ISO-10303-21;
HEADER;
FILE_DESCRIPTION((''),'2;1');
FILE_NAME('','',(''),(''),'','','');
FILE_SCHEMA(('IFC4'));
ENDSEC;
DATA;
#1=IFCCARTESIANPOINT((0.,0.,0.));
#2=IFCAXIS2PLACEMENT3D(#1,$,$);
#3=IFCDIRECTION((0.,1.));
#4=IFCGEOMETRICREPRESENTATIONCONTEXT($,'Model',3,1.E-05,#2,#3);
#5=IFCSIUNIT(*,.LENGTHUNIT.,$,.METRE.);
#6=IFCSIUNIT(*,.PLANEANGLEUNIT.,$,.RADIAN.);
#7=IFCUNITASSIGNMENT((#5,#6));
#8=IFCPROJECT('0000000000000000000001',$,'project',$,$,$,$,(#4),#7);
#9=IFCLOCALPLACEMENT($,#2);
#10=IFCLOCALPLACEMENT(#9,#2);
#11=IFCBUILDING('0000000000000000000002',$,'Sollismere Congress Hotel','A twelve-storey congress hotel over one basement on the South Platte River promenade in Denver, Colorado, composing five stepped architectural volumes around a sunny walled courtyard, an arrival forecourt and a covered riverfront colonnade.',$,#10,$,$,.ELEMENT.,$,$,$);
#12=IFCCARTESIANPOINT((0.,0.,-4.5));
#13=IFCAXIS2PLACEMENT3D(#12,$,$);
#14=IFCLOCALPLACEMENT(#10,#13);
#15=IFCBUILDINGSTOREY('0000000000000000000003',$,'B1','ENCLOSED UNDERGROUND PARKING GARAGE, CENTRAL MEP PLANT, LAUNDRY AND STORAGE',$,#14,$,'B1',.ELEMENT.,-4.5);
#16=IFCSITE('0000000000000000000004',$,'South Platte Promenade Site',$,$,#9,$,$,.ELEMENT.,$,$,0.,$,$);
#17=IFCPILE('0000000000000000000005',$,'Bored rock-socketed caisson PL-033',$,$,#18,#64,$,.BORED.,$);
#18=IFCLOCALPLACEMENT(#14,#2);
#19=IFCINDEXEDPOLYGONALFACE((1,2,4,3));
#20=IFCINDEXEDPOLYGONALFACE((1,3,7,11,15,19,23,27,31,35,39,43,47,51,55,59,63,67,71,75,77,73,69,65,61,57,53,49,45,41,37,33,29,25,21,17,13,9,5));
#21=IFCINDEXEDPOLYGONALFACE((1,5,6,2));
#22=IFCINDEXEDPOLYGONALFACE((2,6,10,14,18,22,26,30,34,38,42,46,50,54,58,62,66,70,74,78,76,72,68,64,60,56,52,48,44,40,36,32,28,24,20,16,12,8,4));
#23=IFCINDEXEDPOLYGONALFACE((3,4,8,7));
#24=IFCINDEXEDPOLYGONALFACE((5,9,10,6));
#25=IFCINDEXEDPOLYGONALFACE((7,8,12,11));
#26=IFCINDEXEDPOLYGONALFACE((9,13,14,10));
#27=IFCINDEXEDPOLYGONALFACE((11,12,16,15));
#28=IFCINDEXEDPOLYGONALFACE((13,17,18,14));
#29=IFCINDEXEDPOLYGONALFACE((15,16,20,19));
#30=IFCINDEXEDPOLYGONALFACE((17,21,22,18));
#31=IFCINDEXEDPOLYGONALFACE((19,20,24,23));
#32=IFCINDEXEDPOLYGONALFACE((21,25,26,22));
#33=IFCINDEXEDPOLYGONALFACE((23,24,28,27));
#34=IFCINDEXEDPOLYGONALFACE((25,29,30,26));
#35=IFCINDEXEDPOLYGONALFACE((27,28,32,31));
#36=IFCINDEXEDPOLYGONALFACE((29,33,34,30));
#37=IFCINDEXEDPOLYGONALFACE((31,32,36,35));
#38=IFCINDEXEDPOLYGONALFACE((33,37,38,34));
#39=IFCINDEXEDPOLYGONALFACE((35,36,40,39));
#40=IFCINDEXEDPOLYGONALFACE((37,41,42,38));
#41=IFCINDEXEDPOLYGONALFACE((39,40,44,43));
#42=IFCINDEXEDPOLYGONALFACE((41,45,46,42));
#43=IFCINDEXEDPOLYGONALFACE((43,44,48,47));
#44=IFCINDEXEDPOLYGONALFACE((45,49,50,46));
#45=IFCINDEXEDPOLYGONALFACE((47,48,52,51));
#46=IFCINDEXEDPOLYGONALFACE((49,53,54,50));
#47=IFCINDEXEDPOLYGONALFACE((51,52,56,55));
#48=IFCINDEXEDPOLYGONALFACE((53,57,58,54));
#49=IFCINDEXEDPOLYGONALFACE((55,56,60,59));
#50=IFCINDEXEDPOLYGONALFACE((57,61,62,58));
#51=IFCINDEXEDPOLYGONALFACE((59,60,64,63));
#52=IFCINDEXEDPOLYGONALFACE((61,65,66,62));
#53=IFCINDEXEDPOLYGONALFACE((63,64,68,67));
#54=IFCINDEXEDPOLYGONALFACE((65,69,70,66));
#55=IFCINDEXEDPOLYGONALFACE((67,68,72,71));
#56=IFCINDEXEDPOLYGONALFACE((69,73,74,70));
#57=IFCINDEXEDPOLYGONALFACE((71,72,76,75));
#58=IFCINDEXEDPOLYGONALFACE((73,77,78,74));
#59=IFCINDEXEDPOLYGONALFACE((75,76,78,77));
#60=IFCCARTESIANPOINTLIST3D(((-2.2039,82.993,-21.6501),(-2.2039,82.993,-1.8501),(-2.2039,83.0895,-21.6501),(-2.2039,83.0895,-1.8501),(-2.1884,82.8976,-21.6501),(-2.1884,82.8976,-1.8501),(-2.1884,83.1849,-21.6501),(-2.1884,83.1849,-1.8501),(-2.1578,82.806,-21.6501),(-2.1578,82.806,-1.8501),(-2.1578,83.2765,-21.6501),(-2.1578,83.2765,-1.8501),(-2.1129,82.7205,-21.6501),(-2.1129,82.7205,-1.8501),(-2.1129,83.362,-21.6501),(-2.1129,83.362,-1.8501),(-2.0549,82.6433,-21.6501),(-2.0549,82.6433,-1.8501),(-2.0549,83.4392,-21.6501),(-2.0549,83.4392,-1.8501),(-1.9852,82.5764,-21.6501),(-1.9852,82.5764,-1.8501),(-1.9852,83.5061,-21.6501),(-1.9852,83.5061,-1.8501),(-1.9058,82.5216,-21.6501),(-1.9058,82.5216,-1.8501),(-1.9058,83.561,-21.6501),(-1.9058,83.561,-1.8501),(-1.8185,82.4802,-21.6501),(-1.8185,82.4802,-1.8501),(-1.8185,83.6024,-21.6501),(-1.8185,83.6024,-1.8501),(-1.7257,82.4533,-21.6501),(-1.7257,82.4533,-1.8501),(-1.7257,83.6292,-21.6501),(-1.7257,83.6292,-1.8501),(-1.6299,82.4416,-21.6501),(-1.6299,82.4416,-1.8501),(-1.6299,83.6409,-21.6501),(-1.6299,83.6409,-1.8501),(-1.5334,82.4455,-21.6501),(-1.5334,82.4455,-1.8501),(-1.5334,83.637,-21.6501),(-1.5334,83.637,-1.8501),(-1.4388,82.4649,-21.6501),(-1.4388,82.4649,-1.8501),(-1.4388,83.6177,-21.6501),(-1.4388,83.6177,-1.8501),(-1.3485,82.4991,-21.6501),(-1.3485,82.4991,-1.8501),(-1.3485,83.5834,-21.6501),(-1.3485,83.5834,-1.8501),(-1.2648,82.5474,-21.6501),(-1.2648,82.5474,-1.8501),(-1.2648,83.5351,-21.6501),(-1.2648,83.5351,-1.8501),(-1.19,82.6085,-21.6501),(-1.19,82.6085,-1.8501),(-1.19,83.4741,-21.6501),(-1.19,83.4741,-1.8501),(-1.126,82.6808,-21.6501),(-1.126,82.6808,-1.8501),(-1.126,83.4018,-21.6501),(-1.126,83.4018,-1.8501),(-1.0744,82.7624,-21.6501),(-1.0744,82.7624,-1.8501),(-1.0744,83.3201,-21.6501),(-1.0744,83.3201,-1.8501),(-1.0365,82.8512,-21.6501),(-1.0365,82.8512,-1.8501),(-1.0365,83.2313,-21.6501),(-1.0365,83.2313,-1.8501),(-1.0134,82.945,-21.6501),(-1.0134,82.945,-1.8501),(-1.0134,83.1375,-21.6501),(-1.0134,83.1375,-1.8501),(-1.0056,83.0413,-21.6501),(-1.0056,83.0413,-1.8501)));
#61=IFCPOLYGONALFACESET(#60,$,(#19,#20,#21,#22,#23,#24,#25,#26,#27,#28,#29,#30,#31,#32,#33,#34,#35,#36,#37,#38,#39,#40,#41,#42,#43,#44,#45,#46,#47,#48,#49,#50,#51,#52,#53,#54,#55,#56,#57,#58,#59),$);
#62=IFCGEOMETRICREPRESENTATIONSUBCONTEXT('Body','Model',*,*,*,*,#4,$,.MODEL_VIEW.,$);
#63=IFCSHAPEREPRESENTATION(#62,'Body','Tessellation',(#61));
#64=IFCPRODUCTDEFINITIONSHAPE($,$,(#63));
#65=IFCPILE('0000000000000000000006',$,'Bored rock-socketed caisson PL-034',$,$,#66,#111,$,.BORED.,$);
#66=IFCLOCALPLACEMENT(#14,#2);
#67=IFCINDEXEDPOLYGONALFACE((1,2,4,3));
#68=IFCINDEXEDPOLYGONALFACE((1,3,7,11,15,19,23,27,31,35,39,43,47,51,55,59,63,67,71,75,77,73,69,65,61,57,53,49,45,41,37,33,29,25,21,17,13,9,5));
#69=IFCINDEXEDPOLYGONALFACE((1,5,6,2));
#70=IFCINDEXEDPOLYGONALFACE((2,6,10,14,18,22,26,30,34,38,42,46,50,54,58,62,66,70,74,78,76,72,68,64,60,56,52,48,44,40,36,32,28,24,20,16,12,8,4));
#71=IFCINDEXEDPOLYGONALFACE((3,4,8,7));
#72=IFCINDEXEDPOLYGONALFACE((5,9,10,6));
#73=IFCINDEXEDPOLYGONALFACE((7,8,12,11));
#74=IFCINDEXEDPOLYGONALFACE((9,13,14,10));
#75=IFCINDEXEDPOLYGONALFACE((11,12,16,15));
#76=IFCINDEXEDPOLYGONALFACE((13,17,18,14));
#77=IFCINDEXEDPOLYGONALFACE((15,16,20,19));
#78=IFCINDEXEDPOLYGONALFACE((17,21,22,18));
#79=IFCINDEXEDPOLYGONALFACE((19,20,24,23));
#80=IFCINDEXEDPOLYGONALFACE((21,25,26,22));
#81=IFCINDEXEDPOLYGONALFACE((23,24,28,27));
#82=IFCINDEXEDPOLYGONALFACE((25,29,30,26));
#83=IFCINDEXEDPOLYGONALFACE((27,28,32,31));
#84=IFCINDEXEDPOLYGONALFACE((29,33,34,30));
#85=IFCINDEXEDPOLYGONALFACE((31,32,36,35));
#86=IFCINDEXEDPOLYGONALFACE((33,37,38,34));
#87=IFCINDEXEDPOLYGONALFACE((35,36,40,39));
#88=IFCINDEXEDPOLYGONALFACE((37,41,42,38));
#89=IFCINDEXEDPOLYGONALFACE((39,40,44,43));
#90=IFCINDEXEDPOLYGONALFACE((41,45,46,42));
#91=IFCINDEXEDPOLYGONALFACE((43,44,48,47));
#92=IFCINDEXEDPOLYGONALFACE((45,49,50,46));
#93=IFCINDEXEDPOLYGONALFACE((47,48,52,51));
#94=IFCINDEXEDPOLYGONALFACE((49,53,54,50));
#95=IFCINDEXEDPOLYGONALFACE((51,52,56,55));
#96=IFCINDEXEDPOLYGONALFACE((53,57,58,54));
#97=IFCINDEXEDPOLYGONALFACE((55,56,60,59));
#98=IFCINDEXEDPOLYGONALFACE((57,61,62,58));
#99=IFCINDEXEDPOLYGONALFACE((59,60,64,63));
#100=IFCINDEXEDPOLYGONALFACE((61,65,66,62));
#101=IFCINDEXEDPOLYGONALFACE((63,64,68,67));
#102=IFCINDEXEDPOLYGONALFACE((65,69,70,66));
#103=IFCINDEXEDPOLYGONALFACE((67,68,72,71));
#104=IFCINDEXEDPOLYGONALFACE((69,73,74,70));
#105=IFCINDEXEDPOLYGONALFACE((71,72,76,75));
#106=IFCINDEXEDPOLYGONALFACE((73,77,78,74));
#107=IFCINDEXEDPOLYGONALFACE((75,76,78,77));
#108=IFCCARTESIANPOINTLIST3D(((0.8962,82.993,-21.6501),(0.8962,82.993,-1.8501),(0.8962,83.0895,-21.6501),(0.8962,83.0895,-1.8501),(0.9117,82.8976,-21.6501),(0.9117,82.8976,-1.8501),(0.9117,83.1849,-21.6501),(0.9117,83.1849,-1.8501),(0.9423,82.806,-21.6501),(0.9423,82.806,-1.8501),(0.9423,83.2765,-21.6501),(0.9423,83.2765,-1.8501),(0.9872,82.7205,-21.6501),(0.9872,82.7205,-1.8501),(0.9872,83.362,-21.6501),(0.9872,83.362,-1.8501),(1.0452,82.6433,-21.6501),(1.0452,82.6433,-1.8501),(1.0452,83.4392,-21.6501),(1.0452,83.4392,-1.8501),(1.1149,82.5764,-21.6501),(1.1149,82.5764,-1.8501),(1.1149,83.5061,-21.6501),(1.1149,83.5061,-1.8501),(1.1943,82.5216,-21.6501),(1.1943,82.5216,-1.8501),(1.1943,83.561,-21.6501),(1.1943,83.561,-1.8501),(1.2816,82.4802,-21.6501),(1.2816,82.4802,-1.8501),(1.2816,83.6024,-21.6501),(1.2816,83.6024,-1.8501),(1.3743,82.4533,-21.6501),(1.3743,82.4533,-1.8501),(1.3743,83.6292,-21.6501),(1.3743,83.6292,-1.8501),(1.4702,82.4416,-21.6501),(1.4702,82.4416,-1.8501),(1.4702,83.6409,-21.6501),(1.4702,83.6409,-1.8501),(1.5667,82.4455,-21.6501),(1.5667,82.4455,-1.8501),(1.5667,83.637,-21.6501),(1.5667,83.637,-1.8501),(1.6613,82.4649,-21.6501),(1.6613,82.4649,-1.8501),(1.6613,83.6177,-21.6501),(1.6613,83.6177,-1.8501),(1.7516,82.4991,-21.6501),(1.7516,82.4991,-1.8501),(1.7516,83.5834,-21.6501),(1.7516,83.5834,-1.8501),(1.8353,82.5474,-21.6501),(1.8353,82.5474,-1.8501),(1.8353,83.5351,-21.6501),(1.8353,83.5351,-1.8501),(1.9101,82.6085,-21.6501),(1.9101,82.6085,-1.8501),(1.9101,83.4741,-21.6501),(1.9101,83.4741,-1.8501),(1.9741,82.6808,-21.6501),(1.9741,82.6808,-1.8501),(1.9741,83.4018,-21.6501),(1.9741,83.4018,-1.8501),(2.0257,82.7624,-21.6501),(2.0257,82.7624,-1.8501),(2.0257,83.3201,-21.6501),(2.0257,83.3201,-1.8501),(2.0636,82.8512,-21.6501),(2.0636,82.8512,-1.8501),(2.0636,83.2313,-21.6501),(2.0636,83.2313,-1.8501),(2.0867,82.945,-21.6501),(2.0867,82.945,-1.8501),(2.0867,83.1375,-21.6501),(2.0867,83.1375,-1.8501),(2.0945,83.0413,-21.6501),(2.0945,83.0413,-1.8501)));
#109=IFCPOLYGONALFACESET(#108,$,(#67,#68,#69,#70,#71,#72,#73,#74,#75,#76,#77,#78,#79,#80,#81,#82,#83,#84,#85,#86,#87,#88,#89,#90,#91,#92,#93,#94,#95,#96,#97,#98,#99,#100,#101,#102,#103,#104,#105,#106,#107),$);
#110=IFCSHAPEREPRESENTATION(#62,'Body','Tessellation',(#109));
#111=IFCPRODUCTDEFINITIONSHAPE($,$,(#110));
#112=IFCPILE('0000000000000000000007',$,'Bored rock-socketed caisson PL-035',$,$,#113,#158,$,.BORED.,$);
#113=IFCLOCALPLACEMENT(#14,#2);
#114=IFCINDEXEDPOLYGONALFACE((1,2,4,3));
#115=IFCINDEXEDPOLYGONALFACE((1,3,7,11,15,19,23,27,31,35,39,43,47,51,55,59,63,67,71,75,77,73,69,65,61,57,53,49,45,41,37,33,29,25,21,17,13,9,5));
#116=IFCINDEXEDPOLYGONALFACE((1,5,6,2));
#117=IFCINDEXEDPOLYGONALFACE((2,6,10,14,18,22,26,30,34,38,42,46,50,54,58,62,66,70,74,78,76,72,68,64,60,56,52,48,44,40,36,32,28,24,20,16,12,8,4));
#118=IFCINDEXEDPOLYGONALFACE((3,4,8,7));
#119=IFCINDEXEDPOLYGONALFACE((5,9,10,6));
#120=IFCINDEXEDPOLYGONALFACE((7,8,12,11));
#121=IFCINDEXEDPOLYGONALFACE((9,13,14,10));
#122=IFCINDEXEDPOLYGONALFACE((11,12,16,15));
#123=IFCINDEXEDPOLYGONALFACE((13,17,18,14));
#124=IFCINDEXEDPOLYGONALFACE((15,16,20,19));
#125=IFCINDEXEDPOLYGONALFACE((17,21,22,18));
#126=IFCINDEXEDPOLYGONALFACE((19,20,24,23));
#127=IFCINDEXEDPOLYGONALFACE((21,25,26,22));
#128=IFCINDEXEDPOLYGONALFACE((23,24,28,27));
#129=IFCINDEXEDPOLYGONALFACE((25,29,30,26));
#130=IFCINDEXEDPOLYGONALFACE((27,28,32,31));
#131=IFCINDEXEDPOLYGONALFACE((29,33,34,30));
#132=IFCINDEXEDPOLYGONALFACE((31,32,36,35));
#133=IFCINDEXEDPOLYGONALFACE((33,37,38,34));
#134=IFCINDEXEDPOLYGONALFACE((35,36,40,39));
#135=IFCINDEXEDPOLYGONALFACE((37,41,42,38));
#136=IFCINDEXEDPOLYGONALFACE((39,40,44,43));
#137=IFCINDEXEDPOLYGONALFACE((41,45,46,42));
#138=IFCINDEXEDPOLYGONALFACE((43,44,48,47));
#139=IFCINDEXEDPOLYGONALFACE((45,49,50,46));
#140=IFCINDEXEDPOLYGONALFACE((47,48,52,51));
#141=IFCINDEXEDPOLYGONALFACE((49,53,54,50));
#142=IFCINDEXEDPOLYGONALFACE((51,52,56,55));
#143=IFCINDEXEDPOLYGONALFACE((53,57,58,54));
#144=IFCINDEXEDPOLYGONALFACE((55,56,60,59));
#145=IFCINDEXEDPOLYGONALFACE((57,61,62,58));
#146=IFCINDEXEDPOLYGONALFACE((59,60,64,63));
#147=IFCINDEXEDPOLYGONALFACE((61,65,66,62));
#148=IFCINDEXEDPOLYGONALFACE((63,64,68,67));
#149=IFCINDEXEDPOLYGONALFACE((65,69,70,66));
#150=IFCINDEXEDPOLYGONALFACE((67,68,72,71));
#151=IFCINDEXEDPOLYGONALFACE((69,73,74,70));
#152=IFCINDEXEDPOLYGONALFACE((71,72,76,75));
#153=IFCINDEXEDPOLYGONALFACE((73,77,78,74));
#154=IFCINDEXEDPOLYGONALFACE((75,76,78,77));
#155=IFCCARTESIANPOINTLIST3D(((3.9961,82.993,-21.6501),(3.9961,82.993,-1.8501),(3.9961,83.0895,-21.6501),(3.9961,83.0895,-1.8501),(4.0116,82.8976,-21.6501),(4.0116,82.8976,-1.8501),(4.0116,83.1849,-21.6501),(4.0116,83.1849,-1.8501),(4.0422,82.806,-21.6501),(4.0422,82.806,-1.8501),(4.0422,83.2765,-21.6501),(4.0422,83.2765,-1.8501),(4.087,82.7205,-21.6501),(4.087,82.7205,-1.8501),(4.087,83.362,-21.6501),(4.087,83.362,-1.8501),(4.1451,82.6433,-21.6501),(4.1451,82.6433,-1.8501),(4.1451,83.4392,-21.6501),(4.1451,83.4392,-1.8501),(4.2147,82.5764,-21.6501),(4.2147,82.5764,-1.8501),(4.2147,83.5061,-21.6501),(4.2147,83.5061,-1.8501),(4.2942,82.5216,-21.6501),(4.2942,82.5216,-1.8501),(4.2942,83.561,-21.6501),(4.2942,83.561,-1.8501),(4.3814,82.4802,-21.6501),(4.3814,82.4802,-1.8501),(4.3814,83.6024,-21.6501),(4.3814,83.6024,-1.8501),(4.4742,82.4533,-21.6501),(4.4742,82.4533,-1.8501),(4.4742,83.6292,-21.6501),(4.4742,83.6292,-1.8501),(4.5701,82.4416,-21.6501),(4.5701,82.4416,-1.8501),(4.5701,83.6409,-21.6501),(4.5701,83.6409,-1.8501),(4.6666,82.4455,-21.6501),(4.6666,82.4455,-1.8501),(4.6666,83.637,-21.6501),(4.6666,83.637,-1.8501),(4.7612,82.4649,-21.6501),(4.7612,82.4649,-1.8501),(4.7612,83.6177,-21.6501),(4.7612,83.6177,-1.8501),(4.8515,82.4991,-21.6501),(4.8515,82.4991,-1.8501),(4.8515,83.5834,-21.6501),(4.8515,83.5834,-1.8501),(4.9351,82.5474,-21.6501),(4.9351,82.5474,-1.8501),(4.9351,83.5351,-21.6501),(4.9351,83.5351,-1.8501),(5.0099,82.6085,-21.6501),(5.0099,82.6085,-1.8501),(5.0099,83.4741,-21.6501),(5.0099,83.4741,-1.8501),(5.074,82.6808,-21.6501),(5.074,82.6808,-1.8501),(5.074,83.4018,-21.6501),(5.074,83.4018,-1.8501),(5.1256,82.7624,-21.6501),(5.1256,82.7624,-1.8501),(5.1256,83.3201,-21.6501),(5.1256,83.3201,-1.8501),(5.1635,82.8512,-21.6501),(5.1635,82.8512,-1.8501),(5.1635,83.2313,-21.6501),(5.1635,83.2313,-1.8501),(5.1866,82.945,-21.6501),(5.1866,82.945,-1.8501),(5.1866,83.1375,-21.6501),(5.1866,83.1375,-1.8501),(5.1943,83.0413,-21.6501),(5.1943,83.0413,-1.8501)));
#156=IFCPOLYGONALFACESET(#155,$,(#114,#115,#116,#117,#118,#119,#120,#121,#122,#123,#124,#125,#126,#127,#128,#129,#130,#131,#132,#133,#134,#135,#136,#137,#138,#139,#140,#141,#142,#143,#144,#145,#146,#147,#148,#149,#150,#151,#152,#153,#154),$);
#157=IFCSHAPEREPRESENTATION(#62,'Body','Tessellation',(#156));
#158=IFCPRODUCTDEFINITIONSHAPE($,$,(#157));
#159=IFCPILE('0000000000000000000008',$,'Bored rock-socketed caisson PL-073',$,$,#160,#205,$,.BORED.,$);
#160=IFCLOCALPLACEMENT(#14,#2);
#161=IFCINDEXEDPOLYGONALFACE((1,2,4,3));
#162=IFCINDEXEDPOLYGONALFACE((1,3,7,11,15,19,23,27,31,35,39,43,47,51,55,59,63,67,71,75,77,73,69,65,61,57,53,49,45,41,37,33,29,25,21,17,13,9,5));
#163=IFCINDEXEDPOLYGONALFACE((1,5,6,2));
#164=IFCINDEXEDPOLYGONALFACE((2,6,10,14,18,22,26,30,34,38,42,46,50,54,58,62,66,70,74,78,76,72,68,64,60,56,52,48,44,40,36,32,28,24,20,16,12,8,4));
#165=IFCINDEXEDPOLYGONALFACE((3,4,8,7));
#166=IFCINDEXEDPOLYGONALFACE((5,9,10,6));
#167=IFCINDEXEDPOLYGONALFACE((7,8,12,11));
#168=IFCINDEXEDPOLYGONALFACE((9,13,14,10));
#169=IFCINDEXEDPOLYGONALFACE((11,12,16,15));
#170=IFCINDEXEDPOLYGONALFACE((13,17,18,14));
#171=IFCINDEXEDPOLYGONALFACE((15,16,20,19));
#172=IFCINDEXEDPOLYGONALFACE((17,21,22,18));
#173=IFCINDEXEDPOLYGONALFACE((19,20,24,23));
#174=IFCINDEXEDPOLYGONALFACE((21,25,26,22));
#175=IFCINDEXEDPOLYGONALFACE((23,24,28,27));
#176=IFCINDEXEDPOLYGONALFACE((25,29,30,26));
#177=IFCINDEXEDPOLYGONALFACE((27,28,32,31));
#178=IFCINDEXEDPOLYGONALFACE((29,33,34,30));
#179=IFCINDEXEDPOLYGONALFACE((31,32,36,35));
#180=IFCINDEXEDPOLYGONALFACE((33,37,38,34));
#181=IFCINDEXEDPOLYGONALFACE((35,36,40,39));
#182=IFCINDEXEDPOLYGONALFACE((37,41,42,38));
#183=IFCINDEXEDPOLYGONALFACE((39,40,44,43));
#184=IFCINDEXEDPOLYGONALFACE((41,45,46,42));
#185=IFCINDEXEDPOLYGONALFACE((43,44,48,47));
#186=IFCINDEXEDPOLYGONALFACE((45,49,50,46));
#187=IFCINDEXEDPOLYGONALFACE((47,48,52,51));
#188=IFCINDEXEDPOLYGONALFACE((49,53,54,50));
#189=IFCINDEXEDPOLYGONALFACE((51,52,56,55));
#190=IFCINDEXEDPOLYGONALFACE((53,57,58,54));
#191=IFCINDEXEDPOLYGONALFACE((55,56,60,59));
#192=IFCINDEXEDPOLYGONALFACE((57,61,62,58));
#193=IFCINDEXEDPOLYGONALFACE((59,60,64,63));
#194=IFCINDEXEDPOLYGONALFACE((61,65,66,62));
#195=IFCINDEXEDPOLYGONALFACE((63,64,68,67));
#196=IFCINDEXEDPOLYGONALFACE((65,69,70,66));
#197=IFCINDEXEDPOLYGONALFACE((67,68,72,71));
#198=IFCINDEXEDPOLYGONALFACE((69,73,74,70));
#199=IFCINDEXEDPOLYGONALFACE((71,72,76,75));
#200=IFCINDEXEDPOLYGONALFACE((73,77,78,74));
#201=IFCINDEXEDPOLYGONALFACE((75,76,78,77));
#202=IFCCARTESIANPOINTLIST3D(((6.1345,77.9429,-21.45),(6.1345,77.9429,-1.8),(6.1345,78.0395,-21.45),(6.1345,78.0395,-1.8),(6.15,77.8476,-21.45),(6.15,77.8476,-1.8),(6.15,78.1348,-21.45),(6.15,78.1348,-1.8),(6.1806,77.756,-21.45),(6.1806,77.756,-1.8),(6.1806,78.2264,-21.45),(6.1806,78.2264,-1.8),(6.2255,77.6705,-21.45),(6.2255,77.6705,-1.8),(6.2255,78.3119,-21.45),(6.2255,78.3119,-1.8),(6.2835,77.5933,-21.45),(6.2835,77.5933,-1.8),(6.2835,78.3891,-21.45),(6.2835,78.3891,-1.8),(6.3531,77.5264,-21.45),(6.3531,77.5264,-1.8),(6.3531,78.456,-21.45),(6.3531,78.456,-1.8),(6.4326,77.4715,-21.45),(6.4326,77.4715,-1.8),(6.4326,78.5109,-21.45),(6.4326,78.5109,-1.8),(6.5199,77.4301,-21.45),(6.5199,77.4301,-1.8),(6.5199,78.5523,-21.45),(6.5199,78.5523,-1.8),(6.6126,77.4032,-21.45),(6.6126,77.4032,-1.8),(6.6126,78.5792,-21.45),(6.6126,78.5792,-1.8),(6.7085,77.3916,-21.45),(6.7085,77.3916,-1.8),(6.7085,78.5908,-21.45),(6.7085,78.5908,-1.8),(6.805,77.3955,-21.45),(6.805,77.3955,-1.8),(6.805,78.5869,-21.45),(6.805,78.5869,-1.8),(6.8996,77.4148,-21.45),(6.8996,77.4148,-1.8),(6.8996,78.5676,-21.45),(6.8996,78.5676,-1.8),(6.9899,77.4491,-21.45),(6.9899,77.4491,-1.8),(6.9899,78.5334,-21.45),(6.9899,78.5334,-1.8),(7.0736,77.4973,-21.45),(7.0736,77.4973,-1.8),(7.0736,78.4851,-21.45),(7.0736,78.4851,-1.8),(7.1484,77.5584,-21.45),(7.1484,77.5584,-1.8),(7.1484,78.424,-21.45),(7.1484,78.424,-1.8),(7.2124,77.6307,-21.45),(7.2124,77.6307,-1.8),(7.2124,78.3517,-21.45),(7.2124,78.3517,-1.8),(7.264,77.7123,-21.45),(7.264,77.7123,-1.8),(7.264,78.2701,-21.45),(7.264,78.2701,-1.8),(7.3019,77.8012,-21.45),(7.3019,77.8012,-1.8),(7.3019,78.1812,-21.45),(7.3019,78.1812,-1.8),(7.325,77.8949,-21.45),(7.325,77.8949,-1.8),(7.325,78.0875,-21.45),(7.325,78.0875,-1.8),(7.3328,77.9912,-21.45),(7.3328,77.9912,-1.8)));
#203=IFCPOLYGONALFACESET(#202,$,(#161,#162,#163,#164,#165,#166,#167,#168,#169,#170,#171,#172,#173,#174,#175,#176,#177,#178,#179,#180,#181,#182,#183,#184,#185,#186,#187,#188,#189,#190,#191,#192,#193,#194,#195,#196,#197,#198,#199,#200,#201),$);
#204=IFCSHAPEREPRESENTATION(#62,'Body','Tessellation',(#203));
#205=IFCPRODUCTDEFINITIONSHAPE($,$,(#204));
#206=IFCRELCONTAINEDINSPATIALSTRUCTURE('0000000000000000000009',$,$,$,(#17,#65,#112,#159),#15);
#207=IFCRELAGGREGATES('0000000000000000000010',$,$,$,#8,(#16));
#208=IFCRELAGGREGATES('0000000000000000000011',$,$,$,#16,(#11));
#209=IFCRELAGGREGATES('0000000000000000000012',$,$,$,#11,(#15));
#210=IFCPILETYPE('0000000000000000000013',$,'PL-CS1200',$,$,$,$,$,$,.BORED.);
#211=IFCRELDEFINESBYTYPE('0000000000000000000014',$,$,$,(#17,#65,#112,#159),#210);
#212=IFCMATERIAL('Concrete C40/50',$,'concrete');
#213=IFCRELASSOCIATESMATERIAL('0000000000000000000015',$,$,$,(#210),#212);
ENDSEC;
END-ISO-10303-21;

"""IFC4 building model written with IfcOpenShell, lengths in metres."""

from ifc_helpers import new_model, si_unit, direction, frame, origin, origin_2d, place, context, subcontext, project, spatial, circle, extrude, material, material_profile, profile_set, type_object, element, save


model = new_model("IFC4")

# Units and contexts
model_context = context("Model", 3, precision=1e-05, world=origin(), true_north=direction((0.0, 1.0)))
body_context = subcontext(model_context, "Body", "Model", "MODEL_VIEW")
ifc_project = project(units=[si_unit("LENGTHUNIT", "METRE"), si_unit("PLANEANGLEUNIT", "RADIAN")], contexts=[model_context])

# Site, building, storey
site_placement = place(None, origin())
site = spatial("IfcSite", under=ifc_project, at=site_placement, Name="South Platte Promenade Site", CompositionType="ELEMENT", RefElevation=0.0)
building_placement = place(site_placement, origin())
building = spatial("IfcBuilding", under=site, at=building_placement, Name="Sollismere Congress Hotel", Description="A twelve-storey congress hotel over one basement on the South Platte River promenade in Denver, Colorado, composing five stepped architectural volumes around a sunny walled courtyard, an arrival forecourt and a covered riverfront colonnade.", CompositionType="ELEMENT")
storey_placement = place(building_placement, frame((0.0, 0.0, -4.5)))
storey = spatial("IfcBuildingStorey", under=building, at=storey_placement, Name="B1", Description="ENCLOSED UNDERGROUND PARKING GARAGE, CENTRAL MEP PLANT, LAUNDRY AND STORAGE", LongName="B1", CompositionType="ELEMENT", Elevation=-4.5)

# Shared definitions
ifc_material_1 = material(Name="Concrete C40/50", Category="concrete")

# Piles
ifc_material_profile_1 = material_profile(ifc_material_1, circle(Radius=0.6001, at=origin_2d()), Name="CAISSON1200")
ifc_profile_set_1 = profile_set([ifc_material_profile_1], Name="Concrete C40/50")
pile_type = type_object("IfcPileType", Name="PL-CS1200", PredefinedType="BORED", material=ifc_profile_set_1)
for number, where, z_axis, x_axis, name in (
    (1, (-1.6057, 83.0413, -1.8501), (0.0, 0.0, -1.0), (1.0, 0.0, 0.0), "Bored rock-socketed caisson PL-033"),
    (2, (1.4944, 83.0413, -1.8501), (0.0, 0.0, -1.0), (1.0, 0.0, 0.0), "Bored rock-socketed caisson PL-034"),
    (3, (4.5942, 83.0413, -1.8501), (0.0, 0.0, -1.0), (1.0, 0.0, 0.0), "Bored rock-socketed caisson PL-035"),
):
    element("IfcPile", number, at=place(storey_placement, frame(where, z_axis=z_axis, x_axis=x_axis)), inside=storey, type_object=pile_type, Name=name, PredefinedType="BORED", context=body_context, shape_type="SweptSolid", body=[
        extrude(circle(Radius=0.6001, at=origin_2d()), origin(), (0.0, 0.0, 1.0), 19.8),
    ])
pile_1_placement = place(storey_placement, frame((6.7327, 77.9912, -1.8), z_axis=(0.0, 0.0, -1.0), x_axis=(1.0, 0.0, 0.0)))
element("IfcPile", 4, at=pile_1_placement, inside=storey, type_object=pile_type, Name="Bored rock-socketed caisson PL-073", PredefinedType="BORED", context=body_context, shape_type="SweptSolid", body=[
    extrude(circle(Radius=0.6001, at=origin_2d()), origin(), (0.0, 0.0, 1.0), 19.6499),
])

save(model, "model.ifc")
